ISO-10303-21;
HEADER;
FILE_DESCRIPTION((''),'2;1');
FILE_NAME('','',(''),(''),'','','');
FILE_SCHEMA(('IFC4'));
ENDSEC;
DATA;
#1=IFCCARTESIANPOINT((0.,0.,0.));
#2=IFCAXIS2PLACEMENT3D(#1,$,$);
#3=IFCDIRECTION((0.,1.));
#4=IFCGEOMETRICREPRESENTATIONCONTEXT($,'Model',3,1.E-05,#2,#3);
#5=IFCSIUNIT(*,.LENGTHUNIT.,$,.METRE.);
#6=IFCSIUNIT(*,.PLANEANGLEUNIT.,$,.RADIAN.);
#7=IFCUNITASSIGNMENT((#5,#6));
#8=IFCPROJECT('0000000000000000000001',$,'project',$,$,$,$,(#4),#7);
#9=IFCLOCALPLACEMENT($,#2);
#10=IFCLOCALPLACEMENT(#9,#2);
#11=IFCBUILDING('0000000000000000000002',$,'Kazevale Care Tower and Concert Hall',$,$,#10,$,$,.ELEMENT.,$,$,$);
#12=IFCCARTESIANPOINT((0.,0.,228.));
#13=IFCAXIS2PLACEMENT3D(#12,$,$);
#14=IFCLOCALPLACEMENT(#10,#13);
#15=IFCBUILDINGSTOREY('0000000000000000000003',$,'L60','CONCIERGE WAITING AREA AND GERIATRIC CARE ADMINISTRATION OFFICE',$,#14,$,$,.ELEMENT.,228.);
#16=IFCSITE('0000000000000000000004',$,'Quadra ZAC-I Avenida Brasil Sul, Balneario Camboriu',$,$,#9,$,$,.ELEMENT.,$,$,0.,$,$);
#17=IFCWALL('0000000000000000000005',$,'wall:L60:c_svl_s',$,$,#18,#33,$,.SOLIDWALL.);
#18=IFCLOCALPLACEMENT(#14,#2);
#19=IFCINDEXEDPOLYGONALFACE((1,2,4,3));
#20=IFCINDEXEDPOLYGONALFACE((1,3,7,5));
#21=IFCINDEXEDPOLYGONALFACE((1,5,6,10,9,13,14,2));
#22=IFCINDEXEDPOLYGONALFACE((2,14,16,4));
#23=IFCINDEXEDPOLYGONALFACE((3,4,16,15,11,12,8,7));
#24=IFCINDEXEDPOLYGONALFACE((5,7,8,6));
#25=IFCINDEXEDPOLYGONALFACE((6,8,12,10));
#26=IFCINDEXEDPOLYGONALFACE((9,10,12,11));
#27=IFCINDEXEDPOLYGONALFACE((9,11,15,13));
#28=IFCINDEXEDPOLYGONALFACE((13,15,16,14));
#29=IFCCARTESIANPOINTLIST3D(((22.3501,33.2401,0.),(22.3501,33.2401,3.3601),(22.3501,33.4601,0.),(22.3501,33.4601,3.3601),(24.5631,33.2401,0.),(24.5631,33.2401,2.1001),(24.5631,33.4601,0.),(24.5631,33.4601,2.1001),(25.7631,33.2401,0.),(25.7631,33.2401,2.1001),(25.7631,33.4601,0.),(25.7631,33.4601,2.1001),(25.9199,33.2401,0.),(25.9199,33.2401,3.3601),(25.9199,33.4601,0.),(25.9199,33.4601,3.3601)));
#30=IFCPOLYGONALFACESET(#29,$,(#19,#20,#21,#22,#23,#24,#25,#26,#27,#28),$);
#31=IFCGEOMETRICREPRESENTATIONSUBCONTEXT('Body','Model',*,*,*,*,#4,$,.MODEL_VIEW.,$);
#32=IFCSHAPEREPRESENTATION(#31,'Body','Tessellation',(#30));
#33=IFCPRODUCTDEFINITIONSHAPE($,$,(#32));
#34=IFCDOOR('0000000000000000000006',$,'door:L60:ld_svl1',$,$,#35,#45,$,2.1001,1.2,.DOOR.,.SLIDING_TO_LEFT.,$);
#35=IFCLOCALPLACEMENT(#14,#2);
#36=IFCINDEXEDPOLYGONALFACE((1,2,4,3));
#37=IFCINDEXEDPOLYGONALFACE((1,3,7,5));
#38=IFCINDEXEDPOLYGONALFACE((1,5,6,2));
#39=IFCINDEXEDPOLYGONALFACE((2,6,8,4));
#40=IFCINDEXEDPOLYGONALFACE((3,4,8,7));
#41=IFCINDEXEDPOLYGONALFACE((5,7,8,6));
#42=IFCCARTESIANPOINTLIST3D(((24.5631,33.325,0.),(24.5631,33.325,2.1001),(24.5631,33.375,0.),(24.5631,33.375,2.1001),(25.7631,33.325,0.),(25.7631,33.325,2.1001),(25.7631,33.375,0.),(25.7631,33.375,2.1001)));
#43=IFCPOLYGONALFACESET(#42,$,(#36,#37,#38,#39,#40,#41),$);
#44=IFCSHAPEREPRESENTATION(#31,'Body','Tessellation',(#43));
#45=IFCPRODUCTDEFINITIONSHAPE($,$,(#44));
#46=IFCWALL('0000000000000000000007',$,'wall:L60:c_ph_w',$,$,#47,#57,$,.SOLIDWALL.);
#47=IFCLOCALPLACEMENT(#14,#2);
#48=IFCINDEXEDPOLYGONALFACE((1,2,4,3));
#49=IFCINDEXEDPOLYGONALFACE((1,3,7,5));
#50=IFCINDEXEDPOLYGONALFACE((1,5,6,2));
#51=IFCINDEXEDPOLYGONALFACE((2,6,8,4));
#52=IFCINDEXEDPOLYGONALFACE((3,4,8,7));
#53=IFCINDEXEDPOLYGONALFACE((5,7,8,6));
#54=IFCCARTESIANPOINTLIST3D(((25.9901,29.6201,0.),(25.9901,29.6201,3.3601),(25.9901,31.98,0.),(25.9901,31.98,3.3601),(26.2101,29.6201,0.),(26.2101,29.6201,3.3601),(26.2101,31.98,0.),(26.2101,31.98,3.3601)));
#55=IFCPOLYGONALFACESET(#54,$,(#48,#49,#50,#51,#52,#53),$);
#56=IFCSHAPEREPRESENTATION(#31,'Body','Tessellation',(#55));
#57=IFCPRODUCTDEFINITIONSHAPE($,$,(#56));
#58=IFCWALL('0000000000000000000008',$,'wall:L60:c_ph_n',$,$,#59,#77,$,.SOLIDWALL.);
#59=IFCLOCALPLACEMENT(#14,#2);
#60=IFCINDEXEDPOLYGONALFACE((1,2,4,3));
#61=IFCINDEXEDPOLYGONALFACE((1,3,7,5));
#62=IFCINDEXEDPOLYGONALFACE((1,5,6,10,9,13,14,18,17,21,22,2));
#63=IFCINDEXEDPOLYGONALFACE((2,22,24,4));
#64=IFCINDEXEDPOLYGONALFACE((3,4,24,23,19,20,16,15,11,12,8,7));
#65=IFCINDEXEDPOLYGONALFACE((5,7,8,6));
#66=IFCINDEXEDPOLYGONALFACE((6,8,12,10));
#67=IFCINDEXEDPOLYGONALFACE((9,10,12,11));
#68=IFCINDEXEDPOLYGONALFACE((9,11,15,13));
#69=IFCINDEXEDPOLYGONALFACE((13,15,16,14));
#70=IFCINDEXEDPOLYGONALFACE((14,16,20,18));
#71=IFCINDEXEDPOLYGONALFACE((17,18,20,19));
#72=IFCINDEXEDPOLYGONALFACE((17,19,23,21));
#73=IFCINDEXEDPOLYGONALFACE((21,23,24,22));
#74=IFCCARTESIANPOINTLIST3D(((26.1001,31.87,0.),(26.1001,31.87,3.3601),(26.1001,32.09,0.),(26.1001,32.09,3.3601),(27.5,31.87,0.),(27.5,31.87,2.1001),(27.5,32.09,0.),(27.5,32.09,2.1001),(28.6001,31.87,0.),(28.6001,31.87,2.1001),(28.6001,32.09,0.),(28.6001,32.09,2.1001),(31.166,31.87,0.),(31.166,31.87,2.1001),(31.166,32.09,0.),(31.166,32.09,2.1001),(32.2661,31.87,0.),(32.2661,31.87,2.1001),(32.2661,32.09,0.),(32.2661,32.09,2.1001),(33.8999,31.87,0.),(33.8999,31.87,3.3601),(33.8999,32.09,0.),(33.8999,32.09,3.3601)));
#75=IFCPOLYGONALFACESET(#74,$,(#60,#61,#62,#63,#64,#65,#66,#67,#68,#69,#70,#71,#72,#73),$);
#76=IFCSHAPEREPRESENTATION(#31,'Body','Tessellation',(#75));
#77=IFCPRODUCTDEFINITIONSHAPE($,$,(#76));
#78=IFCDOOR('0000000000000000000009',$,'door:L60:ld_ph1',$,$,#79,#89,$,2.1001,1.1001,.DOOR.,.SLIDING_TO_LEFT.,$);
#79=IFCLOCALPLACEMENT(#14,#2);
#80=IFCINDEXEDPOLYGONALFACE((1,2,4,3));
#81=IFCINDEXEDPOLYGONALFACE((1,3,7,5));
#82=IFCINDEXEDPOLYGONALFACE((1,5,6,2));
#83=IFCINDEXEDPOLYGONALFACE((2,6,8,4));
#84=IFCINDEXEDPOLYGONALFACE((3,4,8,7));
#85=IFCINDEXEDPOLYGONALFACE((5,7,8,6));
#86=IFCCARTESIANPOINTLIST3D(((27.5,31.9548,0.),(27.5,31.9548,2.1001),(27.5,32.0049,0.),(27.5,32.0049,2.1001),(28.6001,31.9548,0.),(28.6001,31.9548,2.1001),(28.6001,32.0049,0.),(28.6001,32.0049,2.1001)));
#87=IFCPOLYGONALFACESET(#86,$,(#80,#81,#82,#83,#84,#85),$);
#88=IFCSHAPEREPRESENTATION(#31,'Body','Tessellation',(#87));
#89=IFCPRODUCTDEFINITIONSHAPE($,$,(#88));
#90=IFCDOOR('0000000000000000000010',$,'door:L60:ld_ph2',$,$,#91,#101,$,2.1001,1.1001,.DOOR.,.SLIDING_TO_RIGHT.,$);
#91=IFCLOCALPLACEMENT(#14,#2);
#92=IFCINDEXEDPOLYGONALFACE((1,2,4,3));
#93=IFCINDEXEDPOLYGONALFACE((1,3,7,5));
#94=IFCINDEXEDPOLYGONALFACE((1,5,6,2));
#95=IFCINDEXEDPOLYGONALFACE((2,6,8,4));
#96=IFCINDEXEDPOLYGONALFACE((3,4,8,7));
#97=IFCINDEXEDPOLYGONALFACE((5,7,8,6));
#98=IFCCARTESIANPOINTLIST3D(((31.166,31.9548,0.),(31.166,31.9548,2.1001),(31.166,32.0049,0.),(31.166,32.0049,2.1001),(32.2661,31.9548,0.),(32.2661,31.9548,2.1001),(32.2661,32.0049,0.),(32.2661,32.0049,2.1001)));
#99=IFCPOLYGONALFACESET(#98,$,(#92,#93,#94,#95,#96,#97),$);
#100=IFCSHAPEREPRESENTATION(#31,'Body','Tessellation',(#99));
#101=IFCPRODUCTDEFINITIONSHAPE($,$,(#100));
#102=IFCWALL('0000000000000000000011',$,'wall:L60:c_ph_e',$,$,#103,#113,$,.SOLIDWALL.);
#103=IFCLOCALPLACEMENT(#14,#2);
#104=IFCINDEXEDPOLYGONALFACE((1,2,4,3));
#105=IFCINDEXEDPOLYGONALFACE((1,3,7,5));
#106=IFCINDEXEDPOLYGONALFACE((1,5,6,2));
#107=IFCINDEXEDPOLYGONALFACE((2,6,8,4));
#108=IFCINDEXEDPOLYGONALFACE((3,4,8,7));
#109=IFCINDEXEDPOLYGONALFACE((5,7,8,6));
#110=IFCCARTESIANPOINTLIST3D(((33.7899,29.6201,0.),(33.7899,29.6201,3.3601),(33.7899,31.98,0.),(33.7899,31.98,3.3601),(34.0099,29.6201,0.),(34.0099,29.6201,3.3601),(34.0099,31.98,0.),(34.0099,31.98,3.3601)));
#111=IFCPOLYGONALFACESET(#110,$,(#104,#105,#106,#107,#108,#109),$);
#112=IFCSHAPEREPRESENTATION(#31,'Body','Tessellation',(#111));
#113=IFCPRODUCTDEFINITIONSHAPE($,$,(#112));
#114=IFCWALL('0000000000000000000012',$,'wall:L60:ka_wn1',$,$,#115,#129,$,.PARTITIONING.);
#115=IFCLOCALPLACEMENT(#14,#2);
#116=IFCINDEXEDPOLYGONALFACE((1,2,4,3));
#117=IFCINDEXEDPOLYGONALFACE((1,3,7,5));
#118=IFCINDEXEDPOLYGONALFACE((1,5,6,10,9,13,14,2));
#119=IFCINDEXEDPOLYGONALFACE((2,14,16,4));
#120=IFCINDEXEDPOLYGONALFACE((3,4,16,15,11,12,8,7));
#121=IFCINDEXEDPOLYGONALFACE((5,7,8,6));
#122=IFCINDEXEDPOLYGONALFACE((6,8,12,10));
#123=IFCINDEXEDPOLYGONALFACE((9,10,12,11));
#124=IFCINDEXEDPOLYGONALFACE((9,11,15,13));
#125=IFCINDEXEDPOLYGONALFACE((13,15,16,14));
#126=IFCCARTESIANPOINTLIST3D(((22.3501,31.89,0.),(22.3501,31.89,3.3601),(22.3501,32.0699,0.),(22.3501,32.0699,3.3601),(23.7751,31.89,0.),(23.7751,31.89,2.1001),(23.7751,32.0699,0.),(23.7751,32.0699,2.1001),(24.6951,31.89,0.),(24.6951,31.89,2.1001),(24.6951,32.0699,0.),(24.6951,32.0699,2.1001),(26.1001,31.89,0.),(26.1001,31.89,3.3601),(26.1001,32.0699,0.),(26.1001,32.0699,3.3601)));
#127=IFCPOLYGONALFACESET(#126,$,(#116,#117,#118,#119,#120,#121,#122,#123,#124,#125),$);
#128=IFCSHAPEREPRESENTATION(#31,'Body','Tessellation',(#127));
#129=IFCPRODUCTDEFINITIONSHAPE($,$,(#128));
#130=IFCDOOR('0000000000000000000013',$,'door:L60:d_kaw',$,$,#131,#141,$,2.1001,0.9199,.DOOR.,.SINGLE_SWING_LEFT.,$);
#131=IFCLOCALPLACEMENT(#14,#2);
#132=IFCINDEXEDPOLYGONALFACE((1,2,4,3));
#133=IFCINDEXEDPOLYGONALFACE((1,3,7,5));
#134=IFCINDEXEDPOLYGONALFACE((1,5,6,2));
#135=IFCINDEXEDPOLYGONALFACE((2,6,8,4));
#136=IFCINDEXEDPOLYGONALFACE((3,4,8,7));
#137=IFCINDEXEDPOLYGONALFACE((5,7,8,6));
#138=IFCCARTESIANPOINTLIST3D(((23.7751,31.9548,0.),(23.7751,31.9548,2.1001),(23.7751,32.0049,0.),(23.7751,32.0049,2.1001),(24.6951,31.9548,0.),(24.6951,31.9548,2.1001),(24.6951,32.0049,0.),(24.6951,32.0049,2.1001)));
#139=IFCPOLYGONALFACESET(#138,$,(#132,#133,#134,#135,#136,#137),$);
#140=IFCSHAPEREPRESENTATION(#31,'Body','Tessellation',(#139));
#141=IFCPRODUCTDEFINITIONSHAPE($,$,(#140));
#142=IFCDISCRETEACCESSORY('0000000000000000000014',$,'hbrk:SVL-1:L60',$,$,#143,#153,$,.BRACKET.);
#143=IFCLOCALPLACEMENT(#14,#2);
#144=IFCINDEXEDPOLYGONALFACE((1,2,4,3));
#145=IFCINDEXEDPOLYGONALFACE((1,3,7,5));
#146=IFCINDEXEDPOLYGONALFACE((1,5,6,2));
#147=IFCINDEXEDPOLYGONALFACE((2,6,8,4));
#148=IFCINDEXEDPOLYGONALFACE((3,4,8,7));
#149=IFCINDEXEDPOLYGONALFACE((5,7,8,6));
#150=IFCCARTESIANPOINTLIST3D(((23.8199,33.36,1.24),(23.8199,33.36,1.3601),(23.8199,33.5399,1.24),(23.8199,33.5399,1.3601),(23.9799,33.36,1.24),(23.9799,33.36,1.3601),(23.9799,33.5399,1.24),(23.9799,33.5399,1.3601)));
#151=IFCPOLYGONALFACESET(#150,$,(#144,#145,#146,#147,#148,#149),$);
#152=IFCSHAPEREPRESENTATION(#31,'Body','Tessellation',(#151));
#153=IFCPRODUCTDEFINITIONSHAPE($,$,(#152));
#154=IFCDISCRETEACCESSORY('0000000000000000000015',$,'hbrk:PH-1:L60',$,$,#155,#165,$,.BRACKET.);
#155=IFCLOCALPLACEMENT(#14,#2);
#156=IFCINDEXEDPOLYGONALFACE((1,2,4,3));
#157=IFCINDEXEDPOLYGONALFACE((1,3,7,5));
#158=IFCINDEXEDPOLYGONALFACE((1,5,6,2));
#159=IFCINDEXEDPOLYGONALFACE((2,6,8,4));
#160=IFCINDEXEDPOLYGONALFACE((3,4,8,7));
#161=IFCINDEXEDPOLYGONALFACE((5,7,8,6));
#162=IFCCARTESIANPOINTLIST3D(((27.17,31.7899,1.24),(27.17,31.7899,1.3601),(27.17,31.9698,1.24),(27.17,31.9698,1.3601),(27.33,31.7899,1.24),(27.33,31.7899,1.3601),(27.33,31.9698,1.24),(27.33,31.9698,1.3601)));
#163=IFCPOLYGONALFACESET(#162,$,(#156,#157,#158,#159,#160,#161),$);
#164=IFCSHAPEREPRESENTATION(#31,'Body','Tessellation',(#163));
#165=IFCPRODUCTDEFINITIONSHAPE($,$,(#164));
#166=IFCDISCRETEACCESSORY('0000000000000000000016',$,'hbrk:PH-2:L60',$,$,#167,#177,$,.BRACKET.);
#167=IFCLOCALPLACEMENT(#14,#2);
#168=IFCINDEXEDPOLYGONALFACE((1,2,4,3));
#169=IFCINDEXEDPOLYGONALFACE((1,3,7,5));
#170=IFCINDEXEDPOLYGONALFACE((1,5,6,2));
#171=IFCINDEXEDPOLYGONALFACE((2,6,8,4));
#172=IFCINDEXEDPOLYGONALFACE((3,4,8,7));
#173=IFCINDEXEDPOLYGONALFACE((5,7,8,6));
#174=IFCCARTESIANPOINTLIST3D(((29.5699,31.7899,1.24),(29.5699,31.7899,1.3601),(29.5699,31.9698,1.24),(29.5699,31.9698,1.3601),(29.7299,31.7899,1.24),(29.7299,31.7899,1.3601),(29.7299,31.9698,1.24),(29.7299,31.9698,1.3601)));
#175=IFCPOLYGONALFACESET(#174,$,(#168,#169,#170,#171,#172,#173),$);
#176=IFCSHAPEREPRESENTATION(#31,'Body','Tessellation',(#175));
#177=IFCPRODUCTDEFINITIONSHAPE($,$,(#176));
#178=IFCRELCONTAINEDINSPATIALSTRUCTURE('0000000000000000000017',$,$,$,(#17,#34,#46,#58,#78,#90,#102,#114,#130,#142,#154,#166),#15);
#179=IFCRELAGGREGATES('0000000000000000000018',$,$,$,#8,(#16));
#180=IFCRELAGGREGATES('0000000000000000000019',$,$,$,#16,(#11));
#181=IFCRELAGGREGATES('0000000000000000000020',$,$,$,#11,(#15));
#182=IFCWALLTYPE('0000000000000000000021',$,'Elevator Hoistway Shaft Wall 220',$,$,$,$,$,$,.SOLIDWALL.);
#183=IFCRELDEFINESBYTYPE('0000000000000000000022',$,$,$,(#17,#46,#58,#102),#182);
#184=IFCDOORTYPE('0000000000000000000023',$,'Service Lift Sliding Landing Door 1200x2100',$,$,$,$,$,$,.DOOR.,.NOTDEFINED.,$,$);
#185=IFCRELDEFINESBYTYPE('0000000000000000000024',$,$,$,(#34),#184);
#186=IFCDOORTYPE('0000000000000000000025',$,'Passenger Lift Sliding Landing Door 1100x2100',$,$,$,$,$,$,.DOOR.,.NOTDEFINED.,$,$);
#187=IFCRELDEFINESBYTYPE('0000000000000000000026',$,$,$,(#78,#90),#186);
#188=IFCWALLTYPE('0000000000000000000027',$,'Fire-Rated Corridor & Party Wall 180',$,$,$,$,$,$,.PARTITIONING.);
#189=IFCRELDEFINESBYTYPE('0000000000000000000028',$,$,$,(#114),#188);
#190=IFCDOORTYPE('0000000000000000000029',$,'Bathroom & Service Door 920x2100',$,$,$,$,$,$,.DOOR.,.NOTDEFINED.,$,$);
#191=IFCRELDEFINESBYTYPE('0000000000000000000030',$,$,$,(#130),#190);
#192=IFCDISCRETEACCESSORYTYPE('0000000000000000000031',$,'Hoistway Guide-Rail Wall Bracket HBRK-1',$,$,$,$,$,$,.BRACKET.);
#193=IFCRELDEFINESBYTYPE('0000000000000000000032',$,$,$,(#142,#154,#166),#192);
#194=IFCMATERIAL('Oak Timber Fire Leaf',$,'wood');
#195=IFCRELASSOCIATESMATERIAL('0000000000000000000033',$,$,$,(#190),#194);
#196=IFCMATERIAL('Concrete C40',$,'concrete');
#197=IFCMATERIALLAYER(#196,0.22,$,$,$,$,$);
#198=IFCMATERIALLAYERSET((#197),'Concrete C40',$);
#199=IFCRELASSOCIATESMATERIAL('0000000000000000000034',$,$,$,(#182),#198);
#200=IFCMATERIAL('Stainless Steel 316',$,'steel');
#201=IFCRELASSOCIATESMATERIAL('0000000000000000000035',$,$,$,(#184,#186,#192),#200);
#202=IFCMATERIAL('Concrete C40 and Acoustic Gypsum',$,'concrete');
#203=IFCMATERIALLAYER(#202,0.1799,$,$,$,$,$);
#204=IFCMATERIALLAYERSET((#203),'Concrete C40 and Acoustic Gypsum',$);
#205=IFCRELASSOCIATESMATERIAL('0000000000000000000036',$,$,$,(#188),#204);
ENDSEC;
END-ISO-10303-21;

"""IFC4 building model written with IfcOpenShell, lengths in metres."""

from ifc_helpers import new_model, si_unit, direction, frame, frame_2d, origin, origin_2d, place, context, subcontext, project, spatial, rectangle, extrude, material, layer, layer_set, type_object, element, fill, save


model = new_model("IFC4")

# Units and contexts
model_context = context("Model", 3, precision=1e-05, world=origin(), true_north=direction((0.0, 1.0)))
body_context = subcontext(model_context, "Body", "Model", "MODEL_VIEW")
ifc_project = project(units=[si_unit("LENGTHUNIT", "METRE"), si_unit("PLANEANGLEUNIT", "RADIAN")], contexts=[model_context])

# Site, building, storey
site_placement = place(None, origin())
site = spatial("IfcSite", under=ifc_project, at=site_placement, Name="Quadra ZAC-I Avenida Brasil Sul, Balneario Camboriu", CompositionType="ELEMENT", RefElevation=0.0)
building_placement = place(site_placement, origin())
building = spatial("IfcBuilding", under=site, at=building_placement, Name="Kazevale Care Tower and Concert Hall", CompositionType="ELEMENT")
storey_placement = place(building_placement, frame((0.0, 0.0, 228.0)))
storey = spatial("IfcBuildingStorey", under=building, at=storey_placement, Name="L60", Description="CONCIERGE WAITING AREA AND GERIATRIC CARE ADMINISTRATION OFFICE", CompositionType="ELEMENT", Elevation=228.0)

# Shared definitions
ifc_material_1 = material(Name="Oak Timber Fire Leaf", Category="wood")
door_type_1 = type_object("IfcDoorType", Name="Bathroom & Service Door 920x2100", OperationType="NOTDEFINED", PredefinedType="DOOR", material=ifc_material_1)

# Shared definitions
ifc_material_2 = material(Name="Concrete C40", Category="concrete")
ifc_layer_1 = layer(ifc_material_2, 0.22)
ifc_layer_set_1 = layer_set([ifc_layer_1], Name="Concrete C40")
wall_type_1 = type_object("IfcWallType", Name="Elevator Hoistway Shaft Wall 220", PredefinedType="SOLIDWALL", material=ifc_layer_set_1)

# Wall, opening, door
wall_1_placement = place(storey_placement, frame((22.3501, 33.3501, 0.0), z_axis=(0.0, 0.0, 1.0), x_axis=(1.0, 0.0, 0.0)))
wall_1 = element("IfcWall", 1, at=wall_1_placement, inside=storey, type_object=wall_type_1, Name="wall:L60:c_svl_s", PredefinedType="SOLIDWALL", context=body_context, shape_type="SweptSolid", body=[
    extrude(rectangle(XDim=3.5698, YDim=0.22, at=frame_2d((1.7849, 0.0))), origin(), (0.0, 0.0, 1.0), 3.3601),
])
opening_1_placement = place(wall_1_placement, frame((2.2129, 0.0, 0.0)))
opening_1 = element("IfcOpeningElement", 2, at=opening_1_placement, cuts=wall_1, PredefinedType="OPENING", context=body_context, shape_type="SweptSolid", body=[
    extrude(rectangle(XDim=1.2, YDim=2.1001, at=frame_2d((0.6001, 1.05))), frame((0.0, 0.1199, 0.0), z_axis=(0.0, -1.0, 0.0), x_axis=(1.0, 0.0, 0.0)), (0.0, 0.0, 1.0), 0.24),
])
ifc_material_3 = material(Name="Stainless Steel 316", Category="steel")
door_type_2 = type_object("IfcDoorType", Name="Service Lift Sliding Landing Door 1200x2100", OperationType="NOTDEFINED", PredefinedType="DOOR", material=ifc_material_3)
door_1_placement = place(opening_1_placement, origin())
door_1 = element("IfcDoor", 3, at=door_1_placement, inside=storey, type_object=door_type_2, Name="door:L60:ld_svl1", OperationType="SLIDING_TO_LEFT", OverallHeight=2.1001, OverallWidth=1.2, PredefinedType="DOOR", context=body_context, shape_type="SweptSolid", body=[
    extrude(rectangle(XDim=1.2, YDim=2.1001, at=frame_2d((0.6001, 1.05))), frame((0.0, 0.0249, 0.0), z_axis=(0.0, -1.0, 0.0), x_axis=(1.0, 0.0, 0.0)), (0.0, 0.0, 1.0), 0.05),
])
fill(opening_1, door_1)

# Wall
wall_2_placement = place(storey_placement, frame((26.1001, 29.6201, 0.0), z_axis=(0.0, 0.0, 1.0), x_axis=(0.0, 1.0, 0.0)))
element("IfcWall", 4, at=wall_2_placement, inside=storey, type_object=wall_type_1, Name="wall:L60:c_ph_w", PredefinedType="SOLIDWALL", context=body_context, shape_type="SweptSolid", body=[
    extrude(rectangle(XDim=2.3599, YDim=0.22, at=frame_2d((1.1799, 0.0))), origin(), (0.0, 0.0, 1.0), 3.3601),
])

# Wall, openings, doors
wall_3_placement = place(storey_placement, frame((26.1001, 31.98, 0.0), z_axis=(0.0, 0.0, 1.0), x_axis=(1.0, 0.0, 0.0)))
wall_3 = element("IfcWall", 5, at=wall_3_placement, inside=storey, type_object=wall_type_1, Name="wall:L60:c_ph_n", PredefinedType="SOLIDWALL", context=body_context, shape_type="SweptSolid", body=[
    extrude(rectangle(XDim=7.7998, YDim=0.22, at=frame_2d((3.8999, 0.0))), origin(), (0.0, 0.0, 1.0), 3.3601),
])
opening_2_placement = place(wall_3_placement, frame((1.3999, 0.0, 0.0)))
opening_2 = element("IfcOpeningElement", 6, at=opening_2_placement, cuts=wall_3, PredefinedType="OPENING", context=body_context, shape_type="SweptSolid", body=[
    extrude(rectangle(XDim=1.1001, YDim=2.1001, at=frame_2d((0.55, 1.05))), frame((0.0, 0.1199, 0.0), z_axis=(0.0, -1.0, 0.0), x_axis=(1.0, 0.0, 0.0)), (0.0, 0.0, 1.0), 0.24),
])
opening_3_placement = place(wall_3_placement, frame((5.0659, 0.0, 0.0)))
opening_3 = element("IfcOpeningElement", 7, at=opening_3_placement, cuts=wall_3, PredefinedType="OPENING", context=body_context, shape_type="SweptSolid", body=[
    extrude(rectangle(XDim=1.1001, YDim=2.1001, at=frame_2d((0.55, 1.05))), frame((0.0, 0.1199, 0.0), z_axis=(0.0, -1.0, 0.0), x_axis=(1.0, 0.0, 0.0)), (0.0, 0.0, 1.0), 0.24),
])
door_type_3 = type_object("IfcDoorType", Name="Passenger Lift Sliding Landing Door 1100x2100", OperationType="NOTDEFINED", PredefinedType="DOOR", material=ifc_material_3)
door_2_placement = place(opening_2_placement, origin())
door_2 = element("IfcDoor", 8, at=door_2_placement, inside=storey, type_object=door_type_3, Name="door:L60:ld_ph1", OperationType="SLIDING_TO_LEFT", OverallHeight=2.1001, OverallWidth=1.1001, PredefinedType="DOOR", context=body_context, shape_type="SweptSolid", body=[
    extrude(rectangle(XDim=1.1001, YDim=2.1001, at=frame_2d((0.55, 1.05))), frame((0.0, 0.0249, 0.0), z_axis=(0.0, -1.0, 0.0), x_axis=(1.0, 0.0, 0.0)), (0.0, 0.0, 1.0), 0.05),
])
fill(opening_2, door_2)
door_3_placement = place(opening_3_placement, origin())
door_3 = element("IfcDoor", 9, at=door_3_placement, inside=storey, type_object=door_type_3, Name="door:L60:ld_ph2", OperationType="SLIDING_TO_RIGHT", OverallHeight=2.1001, OverallWidth=1.1001, PredefinedType="DOOR", context=body_context, shape_type="SweptSolid", body=[
    extrude(rectangle(XDim=1.1001, YDim=2.1001, at=frame_2d((0.55, 1.05))), frame((0.0, 0.0249, 0.0), z_axis=(0.0, -1.0, 0.0), x_axis=(1.0, 0.0, 0.0)), (0.0, 0.0, 1.0), 0.05),
])
fill(opening_3, door_3)

# Wall
wall_4_placement = place(storey_placement, frame((33.8999, 29.6201, 0.0), z_axis=(0.0, 0.0, 1.0), x_axis=(0.0, 1.0, 0.0)))
element("IfcWall", 10, at=wall_4_placement, inside=storey, type_object=wall_type_1, Name="wall:L60:c_ph_e", PredefinedType="SOLIDWALL", context=body_context, shape_type="SweptSolid", body=[
    extrude(rectangle(XDim=2.3599, YDim=0.22, at=frame_2d((1.1799, 0.0))), origin(), (0.0, 0.0, 1.0), 3.3601),
])

# Wall, opening, door
ifc_material_4 = material(Name="Concrete C40 and Acoustic Gypsum", Category="concrete")
ifc_layer_2 = layer(ifc_material_4, 0.1799)
ifc_layer_set_2 = layer_set([ifc_layer_2], Name="Concrete C40 and Acoustic Gypsum")
wall_type_2 = type_object("IfcWallType", Name="Fire-Rated Corridor & Party Wall 180", PredefinedType="PARTITIONING", material=ifc_layer_set_2)
wall_5_placement = place(storey_placement, frame((22.3501, 31.98, 0.0), z_axis=(0.0, 0.0, 1.0), x_axis=(1.0, 0.0, 0.0)))
wall_5 = element("IfcWall", 11, at=wall_5_placement, inside=storey, type_object=wall_type_2, Name="wall:L60:ka_wn1", PredefinedType="PARTITIONING", context=body_context, shape_type="SweptSolid", body=[
    extrude(rectangle(XDim=3.75, YDim=0.1799, at=frame_2d((1.875, 0.0))), origin(), (0.0, 0.0, 1.0), 3.3601),
])
opening_4_placement = place(wall_5_placement, frame((1.425, 0.0, 0.0)))
opening_4 = element("IfcOpeningElement", 12, at=opening_4_placement, cuts=wall_5, PredefinedType="OPENING", context=body_context, shape_type="SweptSolid", body=[
    extrude(rectangle(XDim=0.9199, YDim=2.1001, at=frame_2d((0.46, 1.05))), frame((0.0, 0.0999, 0.0), z_axis=(0.0, -1.0, 0.0), x_axis=(1.0, 0.0, 0.0)), (0.0, 0.0, 1.0), 0.2),
])
door_4_placement = place(opening_4_placement, origin())
door_4 = element("IfcDoor", 13, at=door_4_placement, inside=storey, type_object=door_type_1, Name="door:L60:d_kaw", OperationType="SINGLE_SWING_LEFT", OverallHeight=2.1001, OverallWidth=0.9199, PredefinedType="DOOR", context=body_context, shape_type="SweptSolid", body=[
    extrude(rectangle(XDim=0.9199, YDim=2.1001, at=frame_2d((0.46, 1.05))), frame((0.0, 0.0249, 0.0), z_axis=(0.0, -1.0, 0.0), x_axis=(1.0, 0.0, 0.0)), (0.0, 0.0, 1.0), 0.05),
])
fill(opening_4, door_4)

# Discrete accessories
discrete_accessory_type = type_object("IfcDiscreteAccessoryType", Name="Hoistway Guide-Rail Wall Bracket HBRK-1", PredefinedType="BRACKET", material=ifc_material_3)
for number, where, z_axis, x_axis, name in (
    (14, (23.8999, 33.45, 1.24), (0.0, 0.0, 1.0), (1.0, 0.0, 0.0), "hbrk:SVL-1:L60"),
    (15, (27.25, 31.8799, 1.24), (0.0, 0.0, 1.0), (1.0, 0.0, 0.0), "hbrk:PH-1:L60"),
    (16, (29.6499, 31.8799, 1.24), (0.0, 0.0, 1.0), (1.0, 0.0, 0.0), "hbrk:PH-2:L60"),
):
    element("IfcDiscreteAccessory", number, at=place(storey_placement, frame(where, z_axis=z_axis, x_axis=x_axis)), inside=storey, type_object=discrete_accessory_type, Name=name, PredefinedType="BRACKET", context=body_context, shape_type="SweptSolid", body=[
        extrude(rectangle(XDim=0.1599, YDim=0.1799, at=origin_2d()), origin(), (0.0, 0.0, 1.0), 0.1201),
    ])

save(model, "model.ifc")
